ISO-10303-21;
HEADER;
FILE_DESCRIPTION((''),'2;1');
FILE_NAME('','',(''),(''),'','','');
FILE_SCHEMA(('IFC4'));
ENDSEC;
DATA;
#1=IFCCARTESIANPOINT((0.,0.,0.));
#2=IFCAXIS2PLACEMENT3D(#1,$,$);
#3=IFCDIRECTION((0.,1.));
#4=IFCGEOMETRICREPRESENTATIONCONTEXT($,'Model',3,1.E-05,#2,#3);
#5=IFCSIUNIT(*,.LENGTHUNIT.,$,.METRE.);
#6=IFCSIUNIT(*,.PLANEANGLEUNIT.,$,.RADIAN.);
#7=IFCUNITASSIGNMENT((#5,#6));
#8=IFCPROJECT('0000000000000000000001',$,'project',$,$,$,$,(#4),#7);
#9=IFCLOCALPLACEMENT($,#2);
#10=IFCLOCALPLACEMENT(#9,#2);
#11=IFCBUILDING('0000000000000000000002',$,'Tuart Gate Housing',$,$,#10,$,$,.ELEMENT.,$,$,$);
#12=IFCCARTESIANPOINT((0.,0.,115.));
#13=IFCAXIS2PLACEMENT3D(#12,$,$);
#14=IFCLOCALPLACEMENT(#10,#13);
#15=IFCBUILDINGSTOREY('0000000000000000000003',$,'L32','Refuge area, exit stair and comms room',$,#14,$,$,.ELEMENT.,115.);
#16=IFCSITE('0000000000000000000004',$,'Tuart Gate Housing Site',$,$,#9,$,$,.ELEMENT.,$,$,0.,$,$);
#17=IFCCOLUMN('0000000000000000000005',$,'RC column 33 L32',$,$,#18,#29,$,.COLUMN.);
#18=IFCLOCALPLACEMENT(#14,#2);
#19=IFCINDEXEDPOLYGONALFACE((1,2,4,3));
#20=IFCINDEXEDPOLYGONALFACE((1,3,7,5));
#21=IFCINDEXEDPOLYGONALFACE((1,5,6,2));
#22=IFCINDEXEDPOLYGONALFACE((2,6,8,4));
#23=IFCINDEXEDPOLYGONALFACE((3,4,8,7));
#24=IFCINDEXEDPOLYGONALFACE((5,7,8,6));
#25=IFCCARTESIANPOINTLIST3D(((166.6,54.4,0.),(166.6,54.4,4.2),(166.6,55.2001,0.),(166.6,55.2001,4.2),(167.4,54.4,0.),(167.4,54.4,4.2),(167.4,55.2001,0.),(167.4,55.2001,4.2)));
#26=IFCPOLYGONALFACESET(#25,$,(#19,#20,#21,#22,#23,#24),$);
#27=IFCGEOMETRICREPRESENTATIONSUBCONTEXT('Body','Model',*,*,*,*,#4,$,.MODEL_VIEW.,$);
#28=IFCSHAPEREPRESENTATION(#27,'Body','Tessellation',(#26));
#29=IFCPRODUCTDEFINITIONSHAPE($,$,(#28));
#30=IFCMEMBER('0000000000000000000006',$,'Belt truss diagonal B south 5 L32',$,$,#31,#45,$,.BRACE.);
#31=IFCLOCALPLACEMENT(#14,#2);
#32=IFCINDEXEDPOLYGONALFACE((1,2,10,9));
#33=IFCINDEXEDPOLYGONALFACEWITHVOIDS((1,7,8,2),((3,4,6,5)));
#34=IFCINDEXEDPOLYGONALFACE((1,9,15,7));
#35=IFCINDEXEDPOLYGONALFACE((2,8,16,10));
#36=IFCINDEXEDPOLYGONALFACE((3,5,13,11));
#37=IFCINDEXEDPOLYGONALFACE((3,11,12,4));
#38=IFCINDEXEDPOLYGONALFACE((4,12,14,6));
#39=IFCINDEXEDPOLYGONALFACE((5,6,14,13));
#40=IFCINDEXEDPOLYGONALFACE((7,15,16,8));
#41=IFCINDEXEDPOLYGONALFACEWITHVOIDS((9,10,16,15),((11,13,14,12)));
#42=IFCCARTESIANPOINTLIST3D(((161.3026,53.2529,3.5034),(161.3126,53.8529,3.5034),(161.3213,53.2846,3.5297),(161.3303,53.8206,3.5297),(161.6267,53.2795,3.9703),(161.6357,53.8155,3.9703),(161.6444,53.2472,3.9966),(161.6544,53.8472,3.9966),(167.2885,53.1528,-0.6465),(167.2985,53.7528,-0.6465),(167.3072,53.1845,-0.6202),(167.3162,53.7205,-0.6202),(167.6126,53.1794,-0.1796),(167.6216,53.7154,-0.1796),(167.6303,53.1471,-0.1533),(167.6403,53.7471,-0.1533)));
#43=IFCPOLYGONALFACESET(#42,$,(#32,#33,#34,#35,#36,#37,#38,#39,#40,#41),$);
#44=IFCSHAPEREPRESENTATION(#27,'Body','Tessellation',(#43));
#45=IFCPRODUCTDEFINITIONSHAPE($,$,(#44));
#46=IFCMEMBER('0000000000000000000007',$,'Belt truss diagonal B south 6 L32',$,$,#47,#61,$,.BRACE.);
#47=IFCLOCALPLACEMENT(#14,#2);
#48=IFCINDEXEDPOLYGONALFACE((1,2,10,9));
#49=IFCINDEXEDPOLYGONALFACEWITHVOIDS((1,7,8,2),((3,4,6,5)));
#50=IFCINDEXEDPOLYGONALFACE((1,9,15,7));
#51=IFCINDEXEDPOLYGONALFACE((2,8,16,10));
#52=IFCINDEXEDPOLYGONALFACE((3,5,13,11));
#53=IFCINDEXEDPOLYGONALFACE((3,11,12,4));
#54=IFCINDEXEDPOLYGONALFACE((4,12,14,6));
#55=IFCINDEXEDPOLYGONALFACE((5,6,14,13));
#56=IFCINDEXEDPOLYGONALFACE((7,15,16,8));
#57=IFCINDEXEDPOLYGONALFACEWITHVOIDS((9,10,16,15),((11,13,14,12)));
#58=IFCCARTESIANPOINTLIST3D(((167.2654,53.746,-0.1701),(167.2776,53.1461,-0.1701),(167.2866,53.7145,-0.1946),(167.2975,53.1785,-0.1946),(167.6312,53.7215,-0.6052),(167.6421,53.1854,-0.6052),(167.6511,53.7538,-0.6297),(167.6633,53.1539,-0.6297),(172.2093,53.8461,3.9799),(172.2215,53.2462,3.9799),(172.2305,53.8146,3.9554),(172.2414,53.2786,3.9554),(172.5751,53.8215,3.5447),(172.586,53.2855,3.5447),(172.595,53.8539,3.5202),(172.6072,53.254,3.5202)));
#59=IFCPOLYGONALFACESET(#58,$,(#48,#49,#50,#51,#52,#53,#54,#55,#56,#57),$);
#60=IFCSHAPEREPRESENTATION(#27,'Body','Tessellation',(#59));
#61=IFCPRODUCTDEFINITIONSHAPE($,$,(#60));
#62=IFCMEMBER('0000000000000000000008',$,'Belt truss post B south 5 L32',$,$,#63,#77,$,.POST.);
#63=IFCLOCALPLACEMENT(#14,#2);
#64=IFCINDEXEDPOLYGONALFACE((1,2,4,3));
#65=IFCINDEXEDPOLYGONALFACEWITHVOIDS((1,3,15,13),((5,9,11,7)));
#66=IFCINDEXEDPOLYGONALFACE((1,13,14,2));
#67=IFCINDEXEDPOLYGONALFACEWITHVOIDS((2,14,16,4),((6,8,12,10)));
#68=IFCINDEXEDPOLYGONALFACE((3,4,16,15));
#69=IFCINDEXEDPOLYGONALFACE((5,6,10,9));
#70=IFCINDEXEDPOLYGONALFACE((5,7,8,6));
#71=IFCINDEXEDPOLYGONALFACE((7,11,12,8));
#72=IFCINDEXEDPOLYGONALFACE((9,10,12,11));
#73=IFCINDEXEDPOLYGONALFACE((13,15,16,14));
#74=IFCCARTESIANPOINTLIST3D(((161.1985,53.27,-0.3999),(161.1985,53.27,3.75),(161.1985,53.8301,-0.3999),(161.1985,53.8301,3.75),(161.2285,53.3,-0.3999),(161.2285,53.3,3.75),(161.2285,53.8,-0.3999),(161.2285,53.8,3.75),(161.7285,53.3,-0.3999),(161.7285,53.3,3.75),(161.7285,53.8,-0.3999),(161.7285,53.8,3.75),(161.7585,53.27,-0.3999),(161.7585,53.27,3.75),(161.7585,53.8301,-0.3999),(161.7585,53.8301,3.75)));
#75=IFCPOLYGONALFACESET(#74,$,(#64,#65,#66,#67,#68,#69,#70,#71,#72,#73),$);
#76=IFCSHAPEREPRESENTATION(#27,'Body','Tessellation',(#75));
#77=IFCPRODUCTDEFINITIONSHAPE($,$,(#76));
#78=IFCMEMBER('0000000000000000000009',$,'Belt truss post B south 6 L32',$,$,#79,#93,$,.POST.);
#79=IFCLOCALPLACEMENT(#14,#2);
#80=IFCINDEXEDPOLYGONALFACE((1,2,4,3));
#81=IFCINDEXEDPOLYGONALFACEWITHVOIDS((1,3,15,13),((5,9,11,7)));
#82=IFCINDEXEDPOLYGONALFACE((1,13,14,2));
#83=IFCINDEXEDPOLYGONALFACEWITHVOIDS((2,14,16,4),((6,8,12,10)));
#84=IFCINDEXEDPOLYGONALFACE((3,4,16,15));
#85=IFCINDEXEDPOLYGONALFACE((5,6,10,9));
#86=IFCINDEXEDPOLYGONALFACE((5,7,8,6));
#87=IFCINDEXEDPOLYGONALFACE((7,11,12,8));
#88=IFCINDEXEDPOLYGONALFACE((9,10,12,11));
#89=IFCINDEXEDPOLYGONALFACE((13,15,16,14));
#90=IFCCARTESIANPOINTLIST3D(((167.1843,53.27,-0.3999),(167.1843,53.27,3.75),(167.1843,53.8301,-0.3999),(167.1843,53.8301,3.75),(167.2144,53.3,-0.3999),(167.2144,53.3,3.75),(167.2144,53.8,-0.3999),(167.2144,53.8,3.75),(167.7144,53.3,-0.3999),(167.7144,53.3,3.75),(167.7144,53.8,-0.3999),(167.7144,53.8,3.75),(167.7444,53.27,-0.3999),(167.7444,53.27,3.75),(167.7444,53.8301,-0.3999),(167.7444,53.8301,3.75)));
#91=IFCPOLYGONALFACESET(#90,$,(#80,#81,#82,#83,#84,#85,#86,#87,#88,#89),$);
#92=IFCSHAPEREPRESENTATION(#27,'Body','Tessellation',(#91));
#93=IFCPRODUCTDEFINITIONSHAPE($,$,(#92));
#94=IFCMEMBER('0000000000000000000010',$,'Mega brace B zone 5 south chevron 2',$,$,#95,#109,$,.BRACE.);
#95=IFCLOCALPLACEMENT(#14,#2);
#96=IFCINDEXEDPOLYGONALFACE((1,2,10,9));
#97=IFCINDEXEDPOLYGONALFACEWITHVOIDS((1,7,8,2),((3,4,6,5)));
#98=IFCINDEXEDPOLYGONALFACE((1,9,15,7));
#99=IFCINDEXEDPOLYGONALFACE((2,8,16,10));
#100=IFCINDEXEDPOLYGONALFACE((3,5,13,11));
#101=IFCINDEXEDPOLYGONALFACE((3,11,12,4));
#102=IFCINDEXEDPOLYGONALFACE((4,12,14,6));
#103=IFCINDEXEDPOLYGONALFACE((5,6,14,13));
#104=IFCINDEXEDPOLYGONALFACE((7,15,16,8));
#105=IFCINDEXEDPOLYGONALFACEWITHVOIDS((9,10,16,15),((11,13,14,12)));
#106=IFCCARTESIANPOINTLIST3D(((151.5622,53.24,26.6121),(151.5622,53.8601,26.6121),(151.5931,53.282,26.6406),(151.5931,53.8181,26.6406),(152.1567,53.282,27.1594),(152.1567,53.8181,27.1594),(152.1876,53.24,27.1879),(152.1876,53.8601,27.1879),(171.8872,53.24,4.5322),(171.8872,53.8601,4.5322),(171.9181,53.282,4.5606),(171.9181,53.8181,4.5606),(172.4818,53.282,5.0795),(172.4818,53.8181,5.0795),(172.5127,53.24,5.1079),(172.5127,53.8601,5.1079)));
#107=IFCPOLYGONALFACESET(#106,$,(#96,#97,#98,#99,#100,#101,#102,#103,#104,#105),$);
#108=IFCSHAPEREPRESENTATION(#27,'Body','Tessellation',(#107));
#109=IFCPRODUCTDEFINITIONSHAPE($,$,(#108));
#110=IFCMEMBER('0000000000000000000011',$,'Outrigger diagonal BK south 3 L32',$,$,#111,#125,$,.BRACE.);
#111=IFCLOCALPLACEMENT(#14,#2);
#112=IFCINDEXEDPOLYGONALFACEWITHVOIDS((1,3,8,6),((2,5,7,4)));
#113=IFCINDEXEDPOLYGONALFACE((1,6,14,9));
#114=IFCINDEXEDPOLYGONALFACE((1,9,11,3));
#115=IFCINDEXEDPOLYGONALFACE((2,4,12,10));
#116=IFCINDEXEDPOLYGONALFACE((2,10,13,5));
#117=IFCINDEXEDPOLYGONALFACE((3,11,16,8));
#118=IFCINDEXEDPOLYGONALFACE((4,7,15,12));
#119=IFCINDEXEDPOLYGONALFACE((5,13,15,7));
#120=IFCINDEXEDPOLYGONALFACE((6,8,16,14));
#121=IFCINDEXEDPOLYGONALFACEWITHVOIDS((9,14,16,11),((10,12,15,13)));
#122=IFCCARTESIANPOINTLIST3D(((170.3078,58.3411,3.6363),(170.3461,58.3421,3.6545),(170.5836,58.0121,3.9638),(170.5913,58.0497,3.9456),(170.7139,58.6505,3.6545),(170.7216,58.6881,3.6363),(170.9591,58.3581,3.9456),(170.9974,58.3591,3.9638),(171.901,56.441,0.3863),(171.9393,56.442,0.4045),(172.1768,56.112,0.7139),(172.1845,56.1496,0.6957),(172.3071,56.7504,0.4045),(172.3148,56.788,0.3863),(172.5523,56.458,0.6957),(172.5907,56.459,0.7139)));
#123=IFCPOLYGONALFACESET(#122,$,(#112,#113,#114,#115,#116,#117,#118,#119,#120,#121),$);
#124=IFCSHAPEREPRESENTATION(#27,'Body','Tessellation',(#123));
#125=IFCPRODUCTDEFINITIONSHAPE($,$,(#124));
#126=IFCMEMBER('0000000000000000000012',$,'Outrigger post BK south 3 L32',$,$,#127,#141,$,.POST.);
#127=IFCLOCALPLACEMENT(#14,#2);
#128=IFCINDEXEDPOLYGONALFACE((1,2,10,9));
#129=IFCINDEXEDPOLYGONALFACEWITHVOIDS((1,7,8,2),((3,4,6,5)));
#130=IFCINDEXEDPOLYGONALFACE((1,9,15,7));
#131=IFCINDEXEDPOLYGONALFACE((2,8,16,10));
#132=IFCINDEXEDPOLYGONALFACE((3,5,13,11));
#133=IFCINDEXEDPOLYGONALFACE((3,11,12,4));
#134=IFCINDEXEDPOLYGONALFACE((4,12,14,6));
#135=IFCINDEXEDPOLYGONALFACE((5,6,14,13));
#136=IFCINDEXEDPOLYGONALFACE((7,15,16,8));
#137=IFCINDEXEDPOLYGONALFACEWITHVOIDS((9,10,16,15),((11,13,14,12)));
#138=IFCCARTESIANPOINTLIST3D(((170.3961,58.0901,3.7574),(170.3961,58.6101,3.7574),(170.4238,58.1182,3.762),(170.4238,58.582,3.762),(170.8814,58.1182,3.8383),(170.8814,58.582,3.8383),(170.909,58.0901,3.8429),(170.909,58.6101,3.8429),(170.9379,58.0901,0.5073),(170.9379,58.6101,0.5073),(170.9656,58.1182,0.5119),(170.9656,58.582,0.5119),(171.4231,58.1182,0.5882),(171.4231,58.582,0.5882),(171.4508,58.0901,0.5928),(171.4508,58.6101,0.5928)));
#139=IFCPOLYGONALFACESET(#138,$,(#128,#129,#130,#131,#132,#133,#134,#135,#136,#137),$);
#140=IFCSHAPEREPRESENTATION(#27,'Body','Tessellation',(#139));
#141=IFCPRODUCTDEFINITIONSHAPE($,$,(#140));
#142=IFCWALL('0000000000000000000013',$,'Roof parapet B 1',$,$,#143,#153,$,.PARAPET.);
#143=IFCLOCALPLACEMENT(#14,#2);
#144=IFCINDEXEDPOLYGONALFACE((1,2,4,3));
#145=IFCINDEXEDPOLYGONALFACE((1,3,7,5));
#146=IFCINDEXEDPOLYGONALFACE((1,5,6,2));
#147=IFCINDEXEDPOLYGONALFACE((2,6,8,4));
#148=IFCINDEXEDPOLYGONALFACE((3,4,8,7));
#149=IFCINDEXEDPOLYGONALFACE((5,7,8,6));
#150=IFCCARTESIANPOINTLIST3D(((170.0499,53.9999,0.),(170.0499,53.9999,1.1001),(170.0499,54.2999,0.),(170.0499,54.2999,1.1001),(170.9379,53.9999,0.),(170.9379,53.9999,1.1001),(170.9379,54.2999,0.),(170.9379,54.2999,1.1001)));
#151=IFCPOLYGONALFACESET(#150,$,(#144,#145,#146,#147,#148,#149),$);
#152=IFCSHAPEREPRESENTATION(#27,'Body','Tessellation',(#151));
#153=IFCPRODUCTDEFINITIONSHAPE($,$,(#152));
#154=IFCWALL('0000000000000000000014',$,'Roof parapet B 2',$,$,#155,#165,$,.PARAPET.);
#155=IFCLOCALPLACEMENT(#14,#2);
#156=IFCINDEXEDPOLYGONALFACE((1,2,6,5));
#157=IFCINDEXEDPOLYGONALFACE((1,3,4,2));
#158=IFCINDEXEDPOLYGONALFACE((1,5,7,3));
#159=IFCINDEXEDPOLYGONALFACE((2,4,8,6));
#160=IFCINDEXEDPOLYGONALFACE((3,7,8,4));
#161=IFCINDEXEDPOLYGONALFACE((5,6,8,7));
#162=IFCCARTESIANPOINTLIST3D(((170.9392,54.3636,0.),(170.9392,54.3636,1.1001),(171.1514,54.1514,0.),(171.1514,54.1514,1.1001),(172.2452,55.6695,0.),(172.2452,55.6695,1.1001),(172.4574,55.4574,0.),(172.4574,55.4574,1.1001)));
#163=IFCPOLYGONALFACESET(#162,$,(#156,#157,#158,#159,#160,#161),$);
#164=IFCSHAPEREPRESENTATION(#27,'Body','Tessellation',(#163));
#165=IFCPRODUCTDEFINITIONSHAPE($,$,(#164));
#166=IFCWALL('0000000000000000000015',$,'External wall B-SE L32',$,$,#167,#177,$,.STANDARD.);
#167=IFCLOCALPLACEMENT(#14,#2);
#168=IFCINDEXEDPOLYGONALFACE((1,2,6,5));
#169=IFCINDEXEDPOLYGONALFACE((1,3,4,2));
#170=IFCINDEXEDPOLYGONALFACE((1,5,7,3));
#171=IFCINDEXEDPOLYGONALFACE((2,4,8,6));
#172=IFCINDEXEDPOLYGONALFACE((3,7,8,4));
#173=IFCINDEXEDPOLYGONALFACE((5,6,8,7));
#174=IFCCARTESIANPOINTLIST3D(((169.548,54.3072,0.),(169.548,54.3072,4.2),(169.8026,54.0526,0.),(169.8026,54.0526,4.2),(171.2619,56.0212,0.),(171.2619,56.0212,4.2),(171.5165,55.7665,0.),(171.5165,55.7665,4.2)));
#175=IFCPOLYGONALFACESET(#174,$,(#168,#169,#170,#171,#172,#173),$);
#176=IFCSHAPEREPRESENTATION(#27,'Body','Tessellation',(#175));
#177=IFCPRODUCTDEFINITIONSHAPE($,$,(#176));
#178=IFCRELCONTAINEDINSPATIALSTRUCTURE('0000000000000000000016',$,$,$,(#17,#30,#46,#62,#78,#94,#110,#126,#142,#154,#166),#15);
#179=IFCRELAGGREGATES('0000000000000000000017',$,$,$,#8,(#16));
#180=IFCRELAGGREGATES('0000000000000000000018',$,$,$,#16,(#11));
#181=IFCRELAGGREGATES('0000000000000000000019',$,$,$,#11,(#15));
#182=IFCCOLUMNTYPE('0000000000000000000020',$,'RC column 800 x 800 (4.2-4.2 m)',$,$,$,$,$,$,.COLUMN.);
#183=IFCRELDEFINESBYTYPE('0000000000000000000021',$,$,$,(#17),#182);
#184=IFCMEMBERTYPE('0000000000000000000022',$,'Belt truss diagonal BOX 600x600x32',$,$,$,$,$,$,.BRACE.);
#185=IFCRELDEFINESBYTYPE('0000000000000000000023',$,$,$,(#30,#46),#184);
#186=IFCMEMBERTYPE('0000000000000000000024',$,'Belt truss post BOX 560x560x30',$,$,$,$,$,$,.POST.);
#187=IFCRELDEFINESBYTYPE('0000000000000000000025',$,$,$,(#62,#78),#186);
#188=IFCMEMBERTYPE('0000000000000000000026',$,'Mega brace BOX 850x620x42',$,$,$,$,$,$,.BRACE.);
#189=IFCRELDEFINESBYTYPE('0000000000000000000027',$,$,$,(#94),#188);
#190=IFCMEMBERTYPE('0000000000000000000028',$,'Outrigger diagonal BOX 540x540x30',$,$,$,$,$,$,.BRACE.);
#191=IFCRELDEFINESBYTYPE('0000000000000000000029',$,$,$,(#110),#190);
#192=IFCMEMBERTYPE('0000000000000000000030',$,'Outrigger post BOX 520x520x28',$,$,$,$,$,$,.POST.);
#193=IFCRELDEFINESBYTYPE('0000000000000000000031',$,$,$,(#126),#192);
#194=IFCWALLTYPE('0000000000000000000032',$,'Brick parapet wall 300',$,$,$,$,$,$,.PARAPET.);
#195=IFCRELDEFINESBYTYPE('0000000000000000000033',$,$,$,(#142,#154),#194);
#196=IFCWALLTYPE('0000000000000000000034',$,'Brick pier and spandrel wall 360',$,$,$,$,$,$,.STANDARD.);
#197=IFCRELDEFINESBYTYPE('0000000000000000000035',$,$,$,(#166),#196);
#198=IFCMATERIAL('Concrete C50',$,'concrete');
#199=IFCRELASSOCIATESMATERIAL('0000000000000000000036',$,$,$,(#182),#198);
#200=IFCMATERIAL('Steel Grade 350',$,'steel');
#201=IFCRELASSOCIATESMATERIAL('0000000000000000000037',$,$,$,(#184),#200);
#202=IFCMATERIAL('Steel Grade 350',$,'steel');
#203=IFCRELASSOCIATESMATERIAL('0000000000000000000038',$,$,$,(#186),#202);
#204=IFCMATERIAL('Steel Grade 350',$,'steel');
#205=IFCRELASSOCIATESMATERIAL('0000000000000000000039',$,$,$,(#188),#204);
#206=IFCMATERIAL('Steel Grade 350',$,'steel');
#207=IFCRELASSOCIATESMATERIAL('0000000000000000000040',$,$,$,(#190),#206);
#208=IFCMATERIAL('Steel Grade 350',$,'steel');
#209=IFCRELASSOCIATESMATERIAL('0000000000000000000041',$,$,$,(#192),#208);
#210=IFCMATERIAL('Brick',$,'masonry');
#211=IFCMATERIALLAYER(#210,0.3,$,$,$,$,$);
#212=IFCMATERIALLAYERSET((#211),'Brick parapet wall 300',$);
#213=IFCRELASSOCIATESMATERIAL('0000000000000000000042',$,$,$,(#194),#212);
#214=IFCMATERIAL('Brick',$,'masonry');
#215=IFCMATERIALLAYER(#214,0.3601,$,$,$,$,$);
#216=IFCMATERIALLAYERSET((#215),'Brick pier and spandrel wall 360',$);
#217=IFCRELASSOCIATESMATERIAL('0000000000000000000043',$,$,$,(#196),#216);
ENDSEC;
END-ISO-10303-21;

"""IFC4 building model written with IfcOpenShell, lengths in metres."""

from ifc_helpers import new_model, si_unit, direction, frame, frame_2d, origin, origin_2d, place, context, subcontext, project, spatial, rectangle, hollow_rectangle, extrude, material, layer, layer_set, material_profile, profile_set, type_object, element, save


model = new_model("IFC4")

# Units and contexts
model_context = context("Model", 3, precision=1e-05, world=origin(), true_north=direction((0.0, 1.0)))
body_context = subcontext(model_context, "Body", "Model", "MODEL_VIEW")
ifc_project = project(units=[si_unit("LENGTHUNIT", "METRE"), si_unit("PLANEANGLEUNIT", "RADIAN")], contexts=[model_context])

# Site, building, storey
site_placement = place(None, origin())
site = spatial("IfcSite", under=ifc_project, at=site_placement, Name="Tuart Gate Housing Site", CompositionType="ELEMENT", RefElevation=0.0)
building_placement = place(site_placement, origin())
building = spatial("IfcBuilding", under=site, at=building_placement, Name="Tuart Gate Housing", CompositionType="ELEMENT")
storey_placement = place(building_placement, frame((0.0, 0.0, 115.0)))
storey = spatial("IfcBuildingStorey", under=building, at=storey_placement, Name="L32", Description="Refuge area, exit stair and comms room", CompositionType="ELEMENT", Elevation=115.0)

# Column
ifc_material_1 = material(Name="Concrete C50", Category="concrete")
ifc_material_profile_1 = material_profile(ifc_material_1, rectangle(XDim=0.8, YDim=0.8, at=origin_2d()), Name="RC column 800 x 800 (4.2-4.2 m)")
ifc_profile_set_1 = profile_set([ifc_material_profile_1], Name="Concrete C50")
column_type = type_object("IfcColumnType", Name="RC column 800 x 800 (4.2-4.2 m)", PredefinedType="COLUMN", material=ifc_profile_set_1)
column_placement = place(storey_placement, frame((167.0, 54.8, 0.0), z_axis=(0.0, 0.0, 1.0), x_axis=(1.0, 0.0, 0.0)))
element("IfcColumn", 1, at=column_placement, inside=storey, type_object=column_type, Name="RC column 33 L32", PredefinedType="COLUMN", context=body_context, shape_type="SweptSolid", body=[
    extrude(rectangle(XDim=0.8, YDim=0.8, at=origin_2d()), origin(), (0.0, 0.0, 1.0), 4.2),
])

# Members
ifc_material_2 = material(Name="Steel Grade 350", Category="steel")
ifc_material_profile_2 = material_profile(ifc_material_2, hollow_rectangle(XDim=0.6001, YDim=0.6001, WallThickness=0.032, at=origin_2d()), Name="BOX 600x600x32")
ifc_profile_set_2 = profile_set([ifc_material_profile_2], Name="Steel Grade 350")
member_type_1 = type_object("IfcMemberType", Name="Belt truss diagonal BOX 600x600x32", PredefinedType="BRACE", material=ifc_profile_set_2)
member_1_placement = place(storey_placement, frame((161.4785, 53.55, 3.75), z_axis=(0.821738, -0.013741, -0.5697), x_axis=(0.01672, 0.99986, 0.0)))
element("IfcMember", 2, at=member_1_placement, inside=storey, type_object=member_type_1, Name="Belt truss diagonal B south 5 L32", PredefinedType="BRACE", context=body_context, shape_type="SweptSolid", body=[
    extrude(hollow_rectangle(XDim=0.6001, YDim=0.6001, WallThickness=0.032, at=origin_2d()), origin(), (0.0, 0.0, 1.0), 7.2844),
])
member_2_placement = place(storey_placement, frame((167.4644, 53.45, -0.3999), z_axis=(0.765836, 0.015506, 0.642849), x_axis=(-0.020243, 0.999795, 0.0)))
element("IfcMember", 3, at=member_2_placement, inside=storey, type_object=member_type_1, Name="Belt truss diagonal B south 6 L32", PredefinedType="BRACE", context=body_context, shape_type="SweptSolid", body=[
    extrude(hollow_rectangle(XDim=0.6001, YDim=0.6001, WallThickness=0.032, at=origin_2d()), origin(), (0.0, 0.0, 1.0), 6.4556),
])
ifc_material_3 = material(Name="Steel Grade 350", Category="steel")
ifc_material_profile_3 = material_profile(ifc_material_3, hollow_rectangle(XDim=0.5601, YDim=0.5601, WallThickness=0.03, at=origin_2d()), Name="BOX 560x560x30")
ifc_profile_set_3 = profile_set([ifc_material_profile_3], Name="Steel Grade 350")
member_type_2 = type_object("IfcMemberType", Name="Belt truss post BOX 560x560x30", PredefinedType="POST", material=ifc_profile_set_3)
for number, where, z_axis, x_axis, name in (
    (4, (161.4785, 53.55, -0.3999), (0.0, 0.0, 1.0), (1.0, 0.0, 0.0), "Belt truss post B south 5 L32"),
    (5, (167.4644, 53.55, -0.3999), (0.0, 0.0, 1.0), (1.0, 0.0, 0.0), "Belt truss post B south 6 L32"),
):
    element("IfcMember", number, at=place(storey_placement, frame(where, z_axis=z_axis, x_axis=x_axis)), inside=storey, type_object=member_type_2, Name=name, PredefinedType="POST", context=body_context, shape_type="SweptSolid", body=[
        extrude(hollow_rectangle(XDim=0.5601, YDim=0.5601, WallThickness=0.03, at=origin_2d()), origin(), (0.0, 0.0, 1.0), 4.1499),
    ])
ifc_material_4 = material(Name="Steel Grade 350", Category="steel")
ifc_material_profile_4 = material_profile(ifc_material_4, hollow_rectangle(XDim=0.6201, YDim=0.8501, WallThickness=0.042, at=origin_2d()), Name="BOX 850x620x42")
ifc_profile_set_4 = profile_set([ifc_material_profile_4], Name="Steel Grade 350")
member_type_3 = type_object("IfcMemberType", Name="Mega brace BOX 850x620x42", PredefinedType="BRACE", material=ifc_profile_set_4)
member_3_placement = place(storey_placement, frame((172.2, 53.55, 4.8201), z_axis=(-0.677264, 0.0, 0.73574), x_axis=(0.0, -1.0, 0.0)))
element("IfcMember", 6, at=member_3_placement, inside=storey, type_object=member_type_3, Name="Mega brace B zone 5 south chevron 2", PredefinedType="BRACE", context=body_context, shape_type="SweptSolid", body=[
    extrude(hollow_rectangle(XDim=0.6201, YDim=0.8501, WallThickness=0.042, at=origin_2d()), origin(), (0.0, 0.0, 1.0), 30.0105),
])
ifc_material_5 = material(Name="Steel Grade 350", Category="steel")
ifc_material_profile_5 = material_profile(ifc_material_5, hollow_rectangle(XDim=0.54, YDim=0.54, WallThickness=0.03, at=origin_2d()), Name="BOX 540x540x30")
ifc_profile_set_5 = profile_set([ifc_material_profile_5], Name="Steel Grade 350")
member_type_4 = type_object("IfcMemberType", Name="Outrigger diagonal BOX 540x540x30", PredefinedType="BRACE", material=ifc_profile_set_5)
member_4_placement = place(storey_placement, frame((170.6526, 58.3501, 3.8), z_axis=(0.389744, -0.464814, -0.795015), x_axis=(0.766273, 0.642515, 0.0)))
element("IfcMember", 7, at=member_4_placement, inside=storey, type_object=member_type_4, Name="Outrigger diagonal BK south 3 L32", PredefinedType="BRACE", context=body_context, shape_type="SweptSolid", body=[
    extrude(hollow_rectangle(XDim=0.54, YDim=0.54, WallThickness=0.03, at=origin_2d()), origin(), (0.0, 0.0, 1.0), 4.0879),
])
ifc_material_6 = material(Name="Steel Grade 350", Category="steel")
ifc_material_profile_6 = material_profile(ifc_material_6, hollow_rectangle(XDim=0.52, YDim=0.52, WallThickness=0.0281, at=origin_2d()), Name="BOX 520x520x28")
ifc_profile_set_6 = profile_set([ifc_material_profile_6], Name="Steel Grade 350")
member_type_5 = type_object("IfcMemberType", Name="Outrigger post BOX 520x520x28", PredefinedType="POST", material=ifc_profile_set_6)
member_5_placement = place(storey_placement, frame((171.1943, 58.3501, 0.55), z_axis=(-0.164423, 0.0, 0.98639), x_axis=(0.0, -1.0, 0.0)))
element("IfcMember", 8, at=member_5_placement, inside=storey, type_object=member_type_5, Name="Outrigger post BK south 3 L32", PredefinedType="POST", context=body_context, shape_type="SweptSolid", body=[
    extrude(hollow_rectangle(XDim=0.52, YDim=0.52, WallThickness=0.0281, at=origin_2d()), origin(), (0.0, 0.0, 1.0), 3.2949),
])

# Walls
ifc_material_7 = material(Name="Brick", Category="masonry")
ifc_layer_1 = layer(ifc_material_7, 0.3)
ifc_layer_set_1 = layer_set([ifc_layer_1], Name="Brick parapet wall 300")
wall_type_1 = type_object("IfcWallType", Name="Brick parapet wall 300", PredefinedType="PARAPET", material=ifc_layer_set_1)
wall_1_placement = place(storey_placement, frame((170.05, 54.1499, 0.0), z_axis=(0.0, 0.0, 1.0), x_axis=(1.0, 0.0, 0.0)))
element("IfcWall", 9, at=wall_1_placement, inside=storey, type_object=wall_type_1, Name="Roof parapet B 1", PredefinedType="PARAPET", context=body_context, shape_type="SweptSolid", body=[
    extrude(rectangle(XDim=0.8879, YDim=0.3, at=frame_2d((0.4438, 0.0))), origin(), (0.0, 0.0, 1.0), 1.1001),
])
wall_2_placement = place(storey_placement, frame((171.0454, 54.2576, 0.0), z_axis=(0.0, 0.0, 1.0), x_axis=(0.707107, 0.707107, 0.0)))
element("IfcWall", 10, at=wall_2_placement, inside=storey, type_object=wall_type_1, Name="Roof parapet B 2", PredefinedType="PARAPET", context=body_context, shape_type="SweptSolid", body=[
    extrude(rectangle(XDim=1.8469, YDim=0.3, at=frame_2d((0.9233, 0.0))), origin(), (0.0, 0.0, 1.0), 1.1001),
])
ifc_material_8 = material(Name="Brick", Category="masonry")
ifc_layer_2 = layer(ifc_material_8, 0.3601)
ifc_layer_set_2 = layer_set([ifc_layer_2], Name="Brick pier and spandrel wall 360")
wall_type_2 = type_object("IfcWallType", Name="Brick pier and spandrel wall 360", PredefinedType="STANDARD", material=ifc_layer_set_2)
wall_3_placement = place(storey_placement, frame((169.6753, 54.1799, 0.0), z_axis=(0.0, 0.0, 1.0), x_axis=(0.707107, 0.707107, 0.0)))
element("IfcWall", 11, at=wall_3_placement, inside=storey, type_object=wall_type_2, Name="External wall B-SE L32", PredefinedType="STANDARD", context=body_context, shape_type="SweptSolid", body=[
    extrude(rectangle(XDim=2.4238, YDim=0.3601, at=frame_2d((1.2119, 0.0))), origin(), (0.0, 0.0, 1.0), 4.2),
])

save(model, "model.ifc")
